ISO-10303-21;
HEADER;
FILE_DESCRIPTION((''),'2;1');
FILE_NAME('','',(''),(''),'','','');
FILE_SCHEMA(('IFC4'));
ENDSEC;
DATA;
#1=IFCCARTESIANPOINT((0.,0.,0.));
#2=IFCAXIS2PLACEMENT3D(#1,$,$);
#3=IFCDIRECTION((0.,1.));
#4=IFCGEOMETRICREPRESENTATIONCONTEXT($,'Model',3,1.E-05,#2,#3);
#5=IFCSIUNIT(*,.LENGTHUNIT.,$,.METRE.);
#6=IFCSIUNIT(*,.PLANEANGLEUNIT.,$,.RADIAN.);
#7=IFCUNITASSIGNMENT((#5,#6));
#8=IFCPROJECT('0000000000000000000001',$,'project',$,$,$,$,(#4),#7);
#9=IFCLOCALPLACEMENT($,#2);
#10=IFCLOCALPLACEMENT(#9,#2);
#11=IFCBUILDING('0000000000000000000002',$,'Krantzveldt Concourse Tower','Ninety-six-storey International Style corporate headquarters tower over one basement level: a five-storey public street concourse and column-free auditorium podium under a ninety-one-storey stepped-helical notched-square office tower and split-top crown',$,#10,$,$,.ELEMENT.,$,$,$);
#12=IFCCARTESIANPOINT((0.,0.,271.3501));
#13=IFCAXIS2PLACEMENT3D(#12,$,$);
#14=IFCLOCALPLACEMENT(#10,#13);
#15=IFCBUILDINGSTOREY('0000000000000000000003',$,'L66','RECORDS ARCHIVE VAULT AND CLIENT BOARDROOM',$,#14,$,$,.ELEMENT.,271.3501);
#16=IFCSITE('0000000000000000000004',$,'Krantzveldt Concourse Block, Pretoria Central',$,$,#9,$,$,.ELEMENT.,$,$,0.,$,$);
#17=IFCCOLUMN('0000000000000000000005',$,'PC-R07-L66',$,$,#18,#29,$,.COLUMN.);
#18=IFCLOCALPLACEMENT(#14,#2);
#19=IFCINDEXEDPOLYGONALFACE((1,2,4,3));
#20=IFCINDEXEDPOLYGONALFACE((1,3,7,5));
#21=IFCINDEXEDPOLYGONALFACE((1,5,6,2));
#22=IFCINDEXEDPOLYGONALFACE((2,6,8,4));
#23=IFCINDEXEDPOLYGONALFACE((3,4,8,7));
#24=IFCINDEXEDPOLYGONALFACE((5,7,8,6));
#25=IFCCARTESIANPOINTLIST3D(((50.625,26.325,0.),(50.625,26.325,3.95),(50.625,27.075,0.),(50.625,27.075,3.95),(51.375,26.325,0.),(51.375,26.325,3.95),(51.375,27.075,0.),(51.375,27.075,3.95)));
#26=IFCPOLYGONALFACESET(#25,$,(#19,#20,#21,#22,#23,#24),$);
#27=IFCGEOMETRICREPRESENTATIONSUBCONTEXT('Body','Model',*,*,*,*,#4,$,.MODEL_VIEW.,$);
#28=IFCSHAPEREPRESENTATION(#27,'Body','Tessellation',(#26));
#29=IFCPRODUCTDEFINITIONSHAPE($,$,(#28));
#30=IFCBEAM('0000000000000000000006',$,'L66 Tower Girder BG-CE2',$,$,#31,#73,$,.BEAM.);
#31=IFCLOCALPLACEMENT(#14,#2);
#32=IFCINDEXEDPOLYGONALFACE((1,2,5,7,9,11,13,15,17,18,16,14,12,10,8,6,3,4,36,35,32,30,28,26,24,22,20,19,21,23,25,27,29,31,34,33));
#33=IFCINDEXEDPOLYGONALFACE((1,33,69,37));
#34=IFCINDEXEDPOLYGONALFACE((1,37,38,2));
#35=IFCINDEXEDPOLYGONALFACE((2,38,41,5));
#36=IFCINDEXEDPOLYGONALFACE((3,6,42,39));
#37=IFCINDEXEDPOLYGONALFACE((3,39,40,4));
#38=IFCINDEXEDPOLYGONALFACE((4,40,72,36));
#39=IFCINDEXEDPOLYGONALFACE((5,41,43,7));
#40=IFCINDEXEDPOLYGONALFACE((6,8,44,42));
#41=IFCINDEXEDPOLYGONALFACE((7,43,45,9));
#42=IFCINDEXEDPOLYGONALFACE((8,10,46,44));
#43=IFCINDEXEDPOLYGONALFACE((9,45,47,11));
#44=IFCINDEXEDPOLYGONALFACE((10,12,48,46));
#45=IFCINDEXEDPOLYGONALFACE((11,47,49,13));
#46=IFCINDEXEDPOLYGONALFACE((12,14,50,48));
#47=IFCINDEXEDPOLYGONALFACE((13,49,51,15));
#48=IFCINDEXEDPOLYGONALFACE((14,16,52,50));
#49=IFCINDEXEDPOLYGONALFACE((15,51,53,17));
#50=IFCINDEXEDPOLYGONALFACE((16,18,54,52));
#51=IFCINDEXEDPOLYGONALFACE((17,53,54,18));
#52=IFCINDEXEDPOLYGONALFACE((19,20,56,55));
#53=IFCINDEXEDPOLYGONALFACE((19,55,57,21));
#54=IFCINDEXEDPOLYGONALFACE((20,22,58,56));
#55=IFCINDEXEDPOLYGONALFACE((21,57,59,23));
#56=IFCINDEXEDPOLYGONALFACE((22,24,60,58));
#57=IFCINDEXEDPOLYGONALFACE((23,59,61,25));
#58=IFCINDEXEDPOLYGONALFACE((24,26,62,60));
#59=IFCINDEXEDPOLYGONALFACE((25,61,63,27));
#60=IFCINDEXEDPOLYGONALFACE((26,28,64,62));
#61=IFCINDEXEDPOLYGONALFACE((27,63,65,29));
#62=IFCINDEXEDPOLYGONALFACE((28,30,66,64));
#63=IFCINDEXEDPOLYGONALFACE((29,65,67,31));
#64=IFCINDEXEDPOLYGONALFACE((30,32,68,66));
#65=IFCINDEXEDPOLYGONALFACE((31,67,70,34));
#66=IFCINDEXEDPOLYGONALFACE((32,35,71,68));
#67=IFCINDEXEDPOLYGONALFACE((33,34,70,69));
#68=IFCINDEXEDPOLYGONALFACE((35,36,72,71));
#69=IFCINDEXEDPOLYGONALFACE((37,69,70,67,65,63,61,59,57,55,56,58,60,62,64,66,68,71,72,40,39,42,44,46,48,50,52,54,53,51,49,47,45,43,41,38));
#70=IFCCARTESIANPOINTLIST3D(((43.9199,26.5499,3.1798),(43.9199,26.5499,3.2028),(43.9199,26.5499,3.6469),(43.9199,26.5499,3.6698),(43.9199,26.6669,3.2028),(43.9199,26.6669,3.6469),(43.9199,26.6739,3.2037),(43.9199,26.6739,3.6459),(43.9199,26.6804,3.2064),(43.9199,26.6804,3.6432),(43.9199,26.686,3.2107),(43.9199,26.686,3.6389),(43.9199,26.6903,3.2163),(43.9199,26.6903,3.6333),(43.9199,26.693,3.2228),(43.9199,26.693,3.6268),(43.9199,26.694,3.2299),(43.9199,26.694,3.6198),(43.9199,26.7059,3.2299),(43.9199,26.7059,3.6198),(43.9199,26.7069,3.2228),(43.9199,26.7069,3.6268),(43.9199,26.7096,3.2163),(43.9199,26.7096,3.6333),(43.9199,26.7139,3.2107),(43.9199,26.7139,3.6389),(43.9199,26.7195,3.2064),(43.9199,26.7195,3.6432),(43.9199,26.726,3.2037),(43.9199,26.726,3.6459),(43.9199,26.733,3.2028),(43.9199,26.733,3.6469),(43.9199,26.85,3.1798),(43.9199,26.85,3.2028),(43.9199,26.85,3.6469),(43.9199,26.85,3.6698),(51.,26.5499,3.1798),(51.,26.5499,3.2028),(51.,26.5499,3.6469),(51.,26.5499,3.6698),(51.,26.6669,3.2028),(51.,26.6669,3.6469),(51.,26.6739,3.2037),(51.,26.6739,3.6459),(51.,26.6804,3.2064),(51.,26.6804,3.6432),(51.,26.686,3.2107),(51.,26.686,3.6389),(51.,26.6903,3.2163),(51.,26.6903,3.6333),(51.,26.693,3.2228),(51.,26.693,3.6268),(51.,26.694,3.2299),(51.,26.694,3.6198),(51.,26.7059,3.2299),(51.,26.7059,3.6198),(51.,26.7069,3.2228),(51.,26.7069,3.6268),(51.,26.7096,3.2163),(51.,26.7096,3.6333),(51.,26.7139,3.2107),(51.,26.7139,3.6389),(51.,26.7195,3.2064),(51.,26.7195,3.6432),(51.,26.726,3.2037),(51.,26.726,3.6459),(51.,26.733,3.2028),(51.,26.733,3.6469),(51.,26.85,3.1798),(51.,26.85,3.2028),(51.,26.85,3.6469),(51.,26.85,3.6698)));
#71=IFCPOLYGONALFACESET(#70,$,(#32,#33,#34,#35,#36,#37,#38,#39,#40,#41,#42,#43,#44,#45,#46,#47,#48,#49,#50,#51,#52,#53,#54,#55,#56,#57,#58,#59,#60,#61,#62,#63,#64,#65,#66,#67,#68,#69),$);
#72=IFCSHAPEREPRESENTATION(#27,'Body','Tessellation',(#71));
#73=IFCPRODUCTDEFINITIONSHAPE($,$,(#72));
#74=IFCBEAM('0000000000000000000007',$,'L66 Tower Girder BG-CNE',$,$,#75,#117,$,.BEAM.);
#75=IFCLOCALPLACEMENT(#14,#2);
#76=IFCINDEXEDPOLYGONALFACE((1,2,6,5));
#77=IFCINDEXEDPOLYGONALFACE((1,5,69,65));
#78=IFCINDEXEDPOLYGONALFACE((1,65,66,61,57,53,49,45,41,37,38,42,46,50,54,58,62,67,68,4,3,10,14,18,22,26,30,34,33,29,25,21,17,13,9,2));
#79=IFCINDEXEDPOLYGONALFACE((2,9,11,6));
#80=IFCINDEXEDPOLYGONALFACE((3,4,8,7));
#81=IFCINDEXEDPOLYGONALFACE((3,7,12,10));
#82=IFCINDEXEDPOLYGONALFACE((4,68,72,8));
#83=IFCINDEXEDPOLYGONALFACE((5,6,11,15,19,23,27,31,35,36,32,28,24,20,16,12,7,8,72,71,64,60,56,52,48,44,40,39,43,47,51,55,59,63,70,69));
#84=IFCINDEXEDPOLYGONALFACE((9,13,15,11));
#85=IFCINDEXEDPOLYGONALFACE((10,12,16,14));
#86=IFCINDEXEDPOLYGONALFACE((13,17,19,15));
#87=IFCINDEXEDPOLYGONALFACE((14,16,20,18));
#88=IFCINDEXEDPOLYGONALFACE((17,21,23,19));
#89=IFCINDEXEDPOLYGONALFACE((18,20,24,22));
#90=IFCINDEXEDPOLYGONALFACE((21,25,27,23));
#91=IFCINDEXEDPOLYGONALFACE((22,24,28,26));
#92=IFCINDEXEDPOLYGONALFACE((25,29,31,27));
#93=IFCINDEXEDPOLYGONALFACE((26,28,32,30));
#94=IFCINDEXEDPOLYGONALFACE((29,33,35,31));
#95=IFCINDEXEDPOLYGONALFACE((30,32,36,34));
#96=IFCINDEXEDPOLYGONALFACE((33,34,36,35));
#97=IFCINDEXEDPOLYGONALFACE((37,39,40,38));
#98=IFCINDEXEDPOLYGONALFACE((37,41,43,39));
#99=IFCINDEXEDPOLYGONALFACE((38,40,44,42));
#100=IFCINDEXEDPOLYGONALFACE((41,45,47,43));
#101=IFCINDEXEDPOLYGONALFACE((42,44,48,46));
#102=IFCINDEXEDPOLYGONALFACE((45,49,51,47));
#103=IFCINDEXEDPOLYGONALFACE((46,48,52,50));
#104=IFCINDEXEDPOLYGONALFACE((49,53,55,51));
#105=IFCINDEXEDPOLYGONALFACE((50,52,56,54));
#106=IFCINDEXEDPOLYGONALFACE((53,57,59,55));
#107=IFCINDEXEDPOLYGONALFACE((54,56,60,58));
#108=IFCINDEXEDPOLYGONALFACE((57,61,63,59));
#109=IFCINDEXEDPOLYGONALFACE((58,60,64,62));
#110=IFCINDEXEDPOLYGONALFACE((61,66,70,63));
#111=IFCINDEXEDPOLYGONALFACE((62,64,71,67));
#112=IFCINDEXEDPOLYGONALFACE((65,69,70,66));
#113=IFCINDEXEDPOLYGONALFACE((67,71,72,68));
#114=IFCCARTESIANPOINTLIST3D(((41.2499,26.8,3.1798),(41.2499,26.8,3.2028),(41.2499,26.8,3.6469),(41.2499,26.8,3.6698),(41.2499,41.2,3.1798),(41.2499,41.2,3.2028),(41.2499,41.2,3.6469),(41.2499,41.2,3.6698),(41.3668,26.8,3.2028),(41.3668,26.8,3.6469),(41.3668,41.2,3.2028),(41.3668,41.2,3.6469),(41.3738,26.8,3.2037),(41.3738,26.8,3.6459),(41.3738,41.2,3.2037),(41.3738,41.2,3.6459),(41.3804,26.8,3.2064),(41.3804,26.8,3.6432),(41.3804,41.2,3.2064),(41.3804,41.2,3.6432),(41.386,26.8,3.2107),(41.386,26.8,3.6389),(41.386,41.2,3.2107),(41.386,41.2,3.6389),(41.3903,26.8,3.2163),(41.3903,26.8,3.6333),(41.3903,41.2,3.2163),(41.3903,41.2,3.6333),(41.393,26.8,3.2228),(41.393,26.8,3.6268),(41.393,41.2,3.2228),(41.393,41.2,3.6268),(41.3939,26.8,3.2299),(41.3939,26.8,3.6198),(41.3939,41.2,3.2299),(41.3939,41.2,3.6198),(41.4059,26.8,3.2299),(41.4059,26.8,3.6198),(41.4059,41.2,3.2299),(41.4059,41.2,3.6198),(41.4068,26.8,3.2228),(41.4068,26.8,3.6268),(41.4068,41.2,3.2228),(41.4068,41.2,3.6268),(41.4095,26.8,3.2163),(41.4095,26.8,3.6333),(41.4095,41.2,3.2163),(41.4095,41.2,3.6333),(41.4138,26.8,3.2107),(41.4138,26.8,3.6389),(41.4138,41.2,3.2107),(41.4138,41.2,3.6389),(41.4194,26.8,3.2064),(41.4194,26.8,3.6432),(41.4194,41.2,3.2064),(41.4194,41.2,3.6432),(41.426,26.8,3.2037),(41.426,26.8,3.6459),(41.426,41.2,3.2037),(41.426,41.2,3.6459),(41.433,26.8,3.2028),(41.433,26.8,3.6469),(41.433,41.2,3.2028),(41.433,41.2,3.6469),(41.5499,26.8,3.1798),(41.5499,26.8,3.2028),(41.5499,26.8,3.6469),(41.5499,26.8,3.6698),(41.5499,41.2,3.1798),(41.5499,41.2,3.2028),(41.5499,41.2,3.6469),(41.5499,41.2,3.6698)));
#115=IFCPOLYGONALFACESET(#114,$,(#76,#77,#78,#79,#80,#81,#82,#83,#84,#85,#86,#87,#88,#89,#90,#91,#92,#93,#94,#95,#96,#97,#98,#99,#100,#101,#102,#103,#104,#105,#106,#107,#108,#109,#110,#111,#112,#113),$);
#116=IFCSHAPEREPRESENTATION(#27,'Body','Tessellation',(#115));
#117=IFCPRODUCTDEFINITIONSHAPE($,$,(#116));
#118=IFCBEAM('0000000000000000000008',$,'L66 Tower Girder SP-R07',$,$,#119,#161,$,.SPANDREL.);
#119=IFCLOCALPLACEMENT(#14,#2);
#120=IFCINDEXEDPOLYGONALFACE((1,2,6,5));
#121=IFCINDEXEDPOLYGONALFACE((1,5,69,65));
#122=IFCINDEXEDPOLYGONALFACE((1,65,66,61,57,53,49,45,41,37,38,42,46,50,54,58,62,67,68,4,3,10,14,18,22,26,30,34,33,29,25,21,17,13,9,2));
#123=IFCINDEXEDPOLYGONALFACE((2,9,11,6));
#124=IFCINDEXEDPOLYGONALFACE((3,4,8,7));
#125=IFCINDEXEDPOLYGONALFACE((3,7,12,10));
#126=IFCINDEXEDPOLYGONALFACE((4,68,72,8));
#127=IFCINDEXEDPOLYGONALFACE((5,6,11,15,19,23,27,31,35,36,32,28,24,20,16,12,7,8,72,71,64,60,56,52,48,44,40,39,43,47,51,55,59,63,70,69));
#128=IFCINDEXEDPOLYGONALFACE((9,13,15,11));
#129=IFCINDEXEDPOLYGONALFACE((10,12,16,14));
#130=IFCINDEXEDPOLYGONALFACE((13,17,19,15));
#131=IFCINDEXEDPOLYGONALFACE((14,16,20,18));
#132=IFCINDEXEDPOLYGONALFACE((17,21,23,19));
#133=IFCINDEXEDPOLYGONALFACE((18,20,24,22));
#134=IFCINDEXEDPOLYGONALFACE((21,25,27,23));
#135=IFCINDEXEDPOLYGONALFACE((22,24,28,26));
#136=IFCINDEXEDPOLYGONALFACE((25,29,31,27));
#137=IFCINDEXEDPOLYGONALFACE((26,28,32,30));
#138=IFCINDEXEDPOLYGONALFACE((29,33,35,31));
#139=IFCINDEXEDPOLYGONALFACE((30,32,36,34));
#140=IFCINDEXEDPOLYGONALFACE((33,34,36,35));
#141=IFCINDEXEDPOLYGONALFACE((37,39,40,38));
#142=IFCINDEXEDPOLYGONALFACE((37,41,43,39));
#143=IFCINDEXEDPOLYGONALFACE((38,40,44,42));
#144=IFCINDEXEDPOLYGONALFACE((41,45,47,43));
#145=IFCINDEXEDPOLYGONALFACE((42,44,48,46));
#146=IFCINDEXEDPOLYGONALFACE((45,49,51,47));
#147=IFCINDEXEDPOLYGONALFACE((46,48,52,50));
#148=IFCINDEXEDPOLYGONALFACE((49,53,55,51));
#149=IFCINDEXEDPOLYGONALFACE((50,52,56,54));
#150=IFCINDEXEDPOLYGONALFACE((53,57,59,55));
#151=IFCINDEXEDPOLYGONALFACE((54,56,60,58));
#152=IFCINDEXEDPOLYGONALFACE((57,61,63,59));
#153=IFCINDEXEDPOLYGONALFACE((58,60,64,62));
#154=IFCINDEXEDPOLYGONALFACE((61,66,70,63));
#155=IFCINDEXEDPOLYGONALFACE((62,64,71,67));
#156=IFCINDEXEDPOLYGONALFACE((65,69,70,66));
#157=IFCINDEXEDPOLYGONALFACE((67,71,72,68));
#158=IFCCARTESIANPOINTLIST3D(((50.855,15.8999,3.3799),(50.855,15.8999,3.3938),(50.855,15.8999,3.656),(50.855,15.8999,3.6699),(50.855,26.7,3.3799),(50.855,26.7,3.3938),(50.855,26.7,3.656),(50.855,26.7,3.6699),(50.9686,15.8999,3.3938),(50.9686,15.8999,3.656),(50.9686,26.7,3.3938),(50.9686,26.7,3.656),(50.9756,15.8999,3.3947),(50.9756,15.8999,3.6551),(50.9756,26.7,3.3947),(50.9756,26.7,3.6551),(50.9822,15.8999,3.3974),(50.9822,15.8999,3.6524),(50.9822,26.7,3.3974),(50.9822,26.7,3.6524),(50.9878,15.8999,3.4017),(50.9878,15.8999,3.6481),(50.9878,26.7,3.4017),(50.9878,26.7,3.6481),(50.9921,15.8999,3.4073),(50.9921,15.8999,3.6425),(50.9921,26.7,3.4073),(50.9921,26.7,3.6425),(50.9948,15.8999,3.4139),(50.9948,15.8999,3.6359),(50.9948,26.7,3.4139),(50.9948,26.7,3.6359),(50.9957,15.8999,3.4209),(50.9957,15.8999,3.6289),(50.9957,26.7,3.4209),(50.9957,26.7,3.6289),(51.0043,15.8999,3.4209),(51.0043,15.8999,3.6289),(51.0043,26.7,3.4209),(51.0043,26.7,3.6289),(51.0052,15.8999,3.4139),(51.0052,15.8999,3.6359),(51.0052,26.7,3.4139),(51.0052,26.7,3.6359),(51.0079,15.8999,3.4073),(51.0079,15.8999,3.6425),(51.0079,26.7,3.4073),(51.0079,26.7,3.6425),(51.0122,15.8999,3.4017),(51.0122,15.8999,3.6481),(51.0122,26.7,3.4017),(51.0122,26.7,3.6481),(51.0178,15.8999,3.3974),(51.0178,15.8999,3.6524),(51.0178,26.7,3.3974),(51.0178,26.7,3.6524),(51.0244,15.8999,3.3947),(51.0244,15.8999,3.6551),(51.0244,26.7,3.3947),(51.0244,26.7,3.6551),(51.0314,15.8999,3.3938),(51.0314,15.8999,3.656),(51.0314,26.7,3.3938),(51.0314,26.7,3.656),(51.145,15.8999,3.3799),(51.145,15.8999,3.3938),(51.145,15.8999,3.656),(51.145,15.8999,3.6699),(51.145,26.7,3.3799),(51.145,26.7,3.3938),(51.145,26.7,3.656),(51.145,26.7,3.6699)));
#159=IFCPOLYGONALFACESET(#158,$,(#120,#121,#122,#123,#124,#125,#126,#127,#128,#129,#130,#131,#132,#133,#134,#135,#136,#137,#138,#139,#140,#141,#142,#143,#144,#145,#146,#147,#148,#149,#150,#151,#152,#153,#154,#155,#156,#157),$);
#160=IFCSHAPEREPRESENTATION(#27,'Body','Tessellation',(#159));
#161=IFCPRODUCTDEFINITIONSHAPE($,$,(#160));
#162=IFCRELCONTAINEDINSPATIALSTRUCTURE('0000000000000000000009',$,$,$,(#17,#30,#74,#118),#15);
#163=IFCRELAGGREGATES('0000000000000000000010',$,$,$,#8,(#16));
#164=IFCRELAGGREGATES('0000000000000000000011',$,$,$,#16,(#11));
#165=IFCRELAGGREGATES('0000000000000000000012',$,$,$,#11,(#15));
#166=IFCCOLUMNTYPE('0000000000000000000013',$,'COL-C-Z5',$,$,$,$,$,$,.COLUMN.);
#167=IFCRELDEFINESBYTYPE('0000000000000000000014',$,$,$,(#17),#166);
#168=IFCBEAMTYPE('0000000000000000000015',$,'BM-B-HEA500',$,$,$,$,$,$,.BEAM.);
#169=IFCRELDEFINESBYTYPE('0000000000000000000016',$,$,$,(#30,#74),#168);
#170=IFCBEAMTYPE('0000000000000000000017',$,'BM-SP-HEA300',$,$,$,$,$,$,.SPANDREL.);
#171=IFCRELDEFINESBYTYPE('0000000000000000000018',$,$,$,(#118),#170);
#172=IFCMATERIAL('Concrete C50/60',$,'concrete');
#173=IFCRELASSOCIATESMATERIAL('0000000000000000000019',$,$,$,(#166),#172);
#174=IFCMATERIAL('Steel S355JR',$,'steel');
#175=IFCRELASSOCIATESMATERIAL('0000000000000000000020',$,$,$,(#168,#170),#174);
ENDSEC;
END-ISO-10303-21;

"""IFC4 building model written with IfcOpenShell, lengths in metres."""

from ifc_helpers import new_model, si_unit, direction, frame, origin, origin_2d, place, context, subcontext, project, spatial, rectangle, i_section, extrude, source, transform, mapped, material, material_profile, profile_set, type_object, type_shapes, element, save


model = new_model("IFC4")

# Units and contexts
model_context = context("Model", 3, precision=1e-05, world=origin(), true_north=direction((0.0, 1.0)))
body_context = subcontext(model_context, "Body", "Model", "MODEL_VIEW")
ifc_project = project(units=[si_unit("LENGTHUNIT", "METRE"), si_unit("PLANEANGLEUNIT", "RADIAN")], contexts=[model_context])

# Site, building, storey
site_placement = place(None, origin())
site = spatial("IfcSite", under=ifc_project, at=site_placement, Name="Krantzveldt Concourse Block, Pretoria Central", CompositionType="ELEMENT", RefElevation=0.0)
building_placement = place(site_placement, origin())
building = spatial("IfcBuilding", under=site, at=building_placement, Name="Krantzveldt Concourse Tower", Description="Ninety-six-storey International Style corporate headquarters tower over one basement level: a five-storey public street concourse and column-free auditorium podium under a ninety-one-storey stepped-helical notched-square office tower and split-top crown", CompositionType="ELEMENT")
storey_placement = place(building_placement, frame((0.0, 0.0, 271.3501)))
storey = spatial("IfcBuildingStorey", under=building, at=storey_placement, Name="L66", Description="RECORDS ARCHIVE VAULT AND CLIENT BOARDROOM", CompositionType="ELEMENT", Elevation=271.3501)

# Column
ifc_material_1 = material(Name="Concrete C50/60", Category="concrete")
ifc_material_profile_1 = material_profile(ifc_material_1, rectangle(XDim=0.75, YDim=0.75, at=origin_2d()), Name="Concrete C50/60", Category="concrete")
ifc_profile_set_1 = profile_set([ifc_material_profile_1], Name="Concrete C50/60 - RC 750x750")
column_type = type_object("IfcColumnType", Name="COL-C-Z5", PredefinedType="COLUMN", material=ifc_profile_set_1)
shared_shape_1 = source(origin(), body_context, "Body", "SweptSolid", [
    extrude(rectangle(XDim=0.75, YDim=0.75, at=origin_2d()), origin(), (0.0, 0.0, 1.0), 3.95),
])
type_shapes(column_type, [shared_shape_1])
column_placement = place(storey_placement, frame((51.0, 26.7, 0.0), z_axis=(0.0, 0.0, 1.0), x_axis=(1.0, 0.0, 0.0)))
element("IfcColumn", 1, at=column_placement, inside=storey, type_object=column_type, Name="PC-R07-L66", PredefinedType="COLUMN", context=body_context, shape_type="MappedRepresentation", body=[
    mapped(shared_shape_1, transform((0.0, 0.0, 0.0), x_axis=(1.0, 0.0, 0.0), y_axis=(0.0, 1.0, 0.0), z_axis=(0.0, 0.0, 1.0), scale=1.0)),
])

# Beams
ifc_material_2 = material(Name="Steel S355JR", Category="steel")
ifc_material_profile_2 = material_profile(ifc_material_2, i_section(OverallWidth=0.3, OverallDepth=0.49, WebThickness=0.012, FlangeThickness=0.0229, FilletRadius=0.0271, at=origin_2d()), Name="Steel S355JR", Category="steel")
ifc_profile_set_2 = profile_set([ifc_material_profile_2], Name="Steel S355JR - HEA 500")
beam_type_1 = type_object("IfcBeamType", Name="BM-B-HEA500", PredefinedType="BEAM", material=ifc_profile_set_2)
shared_shape_2 = source(origin(), body_context, "Body", "SweptSolid", [
    extrude(i_section(OverallWidth=0.3, OverallDepth=0.49, WebThickness=0.012, FlangeThickness=0.0229, FilletRadius=0.0271, at=origin_2d()), origin(), (0.0, 0.0, 1.0), 7.0801),
])
beam_1_placement = place(storey_placement, frame((43.9199, 26.7, 3.4248), z_axis=(1.0, 0.0, 0.0), x_axis=(0.0, 1.0, 0.0)))
element("IfcBeam", 2, at=beam_1_placement, inside=storey, type_object=beam_type_1, Name="L66 Tower Girder BG-CE2", PredefinedType="BEAM", context=body_context, shape_type="MappedRepresentation", body=[
    mapped(shared_shape_2, transform((0.0, 0.0, 0.0), x_axis=(1.0, 0.0, 0.0), y_axis=(0.0, 1.0, 0.0), z_axis=(0.0, 0.0, 1.0), scale=1.0)),
])
shared_shape_3 = source(origin(), body_context, "Body", "SweptSolid", [
    extrude(i_section(OverallWidth=0.3, OverallDepth=0.49, WebThickness=0.012, FlangeThickness=0.0229, FilletRadius=0.0271, at=origin_2d()), origin(), (0.0, 0.0, 1.0), 14.3999),
])
type_shapes(beam_type_1, [shared_shape_2, shared_shape_3])
beam_2_placement = place(storey_placement, frame((41.3999, 26.8, 3.4248), z_axis=(0.0, 1.0, 0.0), x_axis=(-1.0, 0.0, 0.0)))
element("IfcBeam", 3, at=beam_2_placement, inside=storey, type_object=beam_type_1, Name="L66 Tower Girder BG-CNE", PredefinedType="BEAM", context=body_context, shape_type="MappedRepresentation", body=[
    mapped(shared_shape_3, transform((0.0, 0.0, 0.0), x_axis=(1.0, 0.0, 0.0), y_axis=(0.0, 1.0, 0.0), z_axis=(0.0, 0.0, 1.0), scale=1.0)),
])
ifc_material_profile_3 = material_profile(ifc_material_2, i_section(OverallWidth=0.29, OverallDepth=0.29, WebThickness=0.0085, FlangeThickness=0.0139, FilletRadius=0.0271, at=origin_2d()), Name="Steel S355JR", Category="steel")
ifc_profile_set_3 = profile_set([ifc_material_profile_3], Name="Steel S355JR - HEA 300")
beam_type_2 = type_object("IfcBeamType", Name="BM-SP-HEA300", PredefinedType="SPANDREL", material=ifc_profile_set_3)
shared_shape_4 = source(origin(), body_context, "Body", "SweptSolid", [
    extrude(i_section(OverallWidth=0.29, OverallDepth=0.29, WebThickness=0.0085, FlangeThickness=0.0139, FilletRadius=0.0271, at=origin_2d()), origin(), (0.0, 0.0, 1.0), 10.8),
])
type_shapes(beam_type_2, [shared_shape_4])
beam_3_placement = place(storey_placement, frame((51.0, 26.7, 3.5249), z_axis=(0.0, -1.0, 0.0), x_axis=(1.0, 0.0, 0.0)))
element("IfcBeam", 4, at=beam_3_placement, inside=storey, type_object=beam_type_2, Name="L66 Tower Girder SP-R07", PredefinedType="SPANDREL", context=body_context, shape_type="MappedRepresentation", body=[
    mapped(shared_shape_4, transform((0.0, 0.0, 0.0), x_axis=(1.0, 0.0, 0.0), y_axis=(0.0, 1.0, 0.0), z_axis=(0.0, 0.0, 1.0), scale=1.0)),
])

save(model, "model.ifc")
